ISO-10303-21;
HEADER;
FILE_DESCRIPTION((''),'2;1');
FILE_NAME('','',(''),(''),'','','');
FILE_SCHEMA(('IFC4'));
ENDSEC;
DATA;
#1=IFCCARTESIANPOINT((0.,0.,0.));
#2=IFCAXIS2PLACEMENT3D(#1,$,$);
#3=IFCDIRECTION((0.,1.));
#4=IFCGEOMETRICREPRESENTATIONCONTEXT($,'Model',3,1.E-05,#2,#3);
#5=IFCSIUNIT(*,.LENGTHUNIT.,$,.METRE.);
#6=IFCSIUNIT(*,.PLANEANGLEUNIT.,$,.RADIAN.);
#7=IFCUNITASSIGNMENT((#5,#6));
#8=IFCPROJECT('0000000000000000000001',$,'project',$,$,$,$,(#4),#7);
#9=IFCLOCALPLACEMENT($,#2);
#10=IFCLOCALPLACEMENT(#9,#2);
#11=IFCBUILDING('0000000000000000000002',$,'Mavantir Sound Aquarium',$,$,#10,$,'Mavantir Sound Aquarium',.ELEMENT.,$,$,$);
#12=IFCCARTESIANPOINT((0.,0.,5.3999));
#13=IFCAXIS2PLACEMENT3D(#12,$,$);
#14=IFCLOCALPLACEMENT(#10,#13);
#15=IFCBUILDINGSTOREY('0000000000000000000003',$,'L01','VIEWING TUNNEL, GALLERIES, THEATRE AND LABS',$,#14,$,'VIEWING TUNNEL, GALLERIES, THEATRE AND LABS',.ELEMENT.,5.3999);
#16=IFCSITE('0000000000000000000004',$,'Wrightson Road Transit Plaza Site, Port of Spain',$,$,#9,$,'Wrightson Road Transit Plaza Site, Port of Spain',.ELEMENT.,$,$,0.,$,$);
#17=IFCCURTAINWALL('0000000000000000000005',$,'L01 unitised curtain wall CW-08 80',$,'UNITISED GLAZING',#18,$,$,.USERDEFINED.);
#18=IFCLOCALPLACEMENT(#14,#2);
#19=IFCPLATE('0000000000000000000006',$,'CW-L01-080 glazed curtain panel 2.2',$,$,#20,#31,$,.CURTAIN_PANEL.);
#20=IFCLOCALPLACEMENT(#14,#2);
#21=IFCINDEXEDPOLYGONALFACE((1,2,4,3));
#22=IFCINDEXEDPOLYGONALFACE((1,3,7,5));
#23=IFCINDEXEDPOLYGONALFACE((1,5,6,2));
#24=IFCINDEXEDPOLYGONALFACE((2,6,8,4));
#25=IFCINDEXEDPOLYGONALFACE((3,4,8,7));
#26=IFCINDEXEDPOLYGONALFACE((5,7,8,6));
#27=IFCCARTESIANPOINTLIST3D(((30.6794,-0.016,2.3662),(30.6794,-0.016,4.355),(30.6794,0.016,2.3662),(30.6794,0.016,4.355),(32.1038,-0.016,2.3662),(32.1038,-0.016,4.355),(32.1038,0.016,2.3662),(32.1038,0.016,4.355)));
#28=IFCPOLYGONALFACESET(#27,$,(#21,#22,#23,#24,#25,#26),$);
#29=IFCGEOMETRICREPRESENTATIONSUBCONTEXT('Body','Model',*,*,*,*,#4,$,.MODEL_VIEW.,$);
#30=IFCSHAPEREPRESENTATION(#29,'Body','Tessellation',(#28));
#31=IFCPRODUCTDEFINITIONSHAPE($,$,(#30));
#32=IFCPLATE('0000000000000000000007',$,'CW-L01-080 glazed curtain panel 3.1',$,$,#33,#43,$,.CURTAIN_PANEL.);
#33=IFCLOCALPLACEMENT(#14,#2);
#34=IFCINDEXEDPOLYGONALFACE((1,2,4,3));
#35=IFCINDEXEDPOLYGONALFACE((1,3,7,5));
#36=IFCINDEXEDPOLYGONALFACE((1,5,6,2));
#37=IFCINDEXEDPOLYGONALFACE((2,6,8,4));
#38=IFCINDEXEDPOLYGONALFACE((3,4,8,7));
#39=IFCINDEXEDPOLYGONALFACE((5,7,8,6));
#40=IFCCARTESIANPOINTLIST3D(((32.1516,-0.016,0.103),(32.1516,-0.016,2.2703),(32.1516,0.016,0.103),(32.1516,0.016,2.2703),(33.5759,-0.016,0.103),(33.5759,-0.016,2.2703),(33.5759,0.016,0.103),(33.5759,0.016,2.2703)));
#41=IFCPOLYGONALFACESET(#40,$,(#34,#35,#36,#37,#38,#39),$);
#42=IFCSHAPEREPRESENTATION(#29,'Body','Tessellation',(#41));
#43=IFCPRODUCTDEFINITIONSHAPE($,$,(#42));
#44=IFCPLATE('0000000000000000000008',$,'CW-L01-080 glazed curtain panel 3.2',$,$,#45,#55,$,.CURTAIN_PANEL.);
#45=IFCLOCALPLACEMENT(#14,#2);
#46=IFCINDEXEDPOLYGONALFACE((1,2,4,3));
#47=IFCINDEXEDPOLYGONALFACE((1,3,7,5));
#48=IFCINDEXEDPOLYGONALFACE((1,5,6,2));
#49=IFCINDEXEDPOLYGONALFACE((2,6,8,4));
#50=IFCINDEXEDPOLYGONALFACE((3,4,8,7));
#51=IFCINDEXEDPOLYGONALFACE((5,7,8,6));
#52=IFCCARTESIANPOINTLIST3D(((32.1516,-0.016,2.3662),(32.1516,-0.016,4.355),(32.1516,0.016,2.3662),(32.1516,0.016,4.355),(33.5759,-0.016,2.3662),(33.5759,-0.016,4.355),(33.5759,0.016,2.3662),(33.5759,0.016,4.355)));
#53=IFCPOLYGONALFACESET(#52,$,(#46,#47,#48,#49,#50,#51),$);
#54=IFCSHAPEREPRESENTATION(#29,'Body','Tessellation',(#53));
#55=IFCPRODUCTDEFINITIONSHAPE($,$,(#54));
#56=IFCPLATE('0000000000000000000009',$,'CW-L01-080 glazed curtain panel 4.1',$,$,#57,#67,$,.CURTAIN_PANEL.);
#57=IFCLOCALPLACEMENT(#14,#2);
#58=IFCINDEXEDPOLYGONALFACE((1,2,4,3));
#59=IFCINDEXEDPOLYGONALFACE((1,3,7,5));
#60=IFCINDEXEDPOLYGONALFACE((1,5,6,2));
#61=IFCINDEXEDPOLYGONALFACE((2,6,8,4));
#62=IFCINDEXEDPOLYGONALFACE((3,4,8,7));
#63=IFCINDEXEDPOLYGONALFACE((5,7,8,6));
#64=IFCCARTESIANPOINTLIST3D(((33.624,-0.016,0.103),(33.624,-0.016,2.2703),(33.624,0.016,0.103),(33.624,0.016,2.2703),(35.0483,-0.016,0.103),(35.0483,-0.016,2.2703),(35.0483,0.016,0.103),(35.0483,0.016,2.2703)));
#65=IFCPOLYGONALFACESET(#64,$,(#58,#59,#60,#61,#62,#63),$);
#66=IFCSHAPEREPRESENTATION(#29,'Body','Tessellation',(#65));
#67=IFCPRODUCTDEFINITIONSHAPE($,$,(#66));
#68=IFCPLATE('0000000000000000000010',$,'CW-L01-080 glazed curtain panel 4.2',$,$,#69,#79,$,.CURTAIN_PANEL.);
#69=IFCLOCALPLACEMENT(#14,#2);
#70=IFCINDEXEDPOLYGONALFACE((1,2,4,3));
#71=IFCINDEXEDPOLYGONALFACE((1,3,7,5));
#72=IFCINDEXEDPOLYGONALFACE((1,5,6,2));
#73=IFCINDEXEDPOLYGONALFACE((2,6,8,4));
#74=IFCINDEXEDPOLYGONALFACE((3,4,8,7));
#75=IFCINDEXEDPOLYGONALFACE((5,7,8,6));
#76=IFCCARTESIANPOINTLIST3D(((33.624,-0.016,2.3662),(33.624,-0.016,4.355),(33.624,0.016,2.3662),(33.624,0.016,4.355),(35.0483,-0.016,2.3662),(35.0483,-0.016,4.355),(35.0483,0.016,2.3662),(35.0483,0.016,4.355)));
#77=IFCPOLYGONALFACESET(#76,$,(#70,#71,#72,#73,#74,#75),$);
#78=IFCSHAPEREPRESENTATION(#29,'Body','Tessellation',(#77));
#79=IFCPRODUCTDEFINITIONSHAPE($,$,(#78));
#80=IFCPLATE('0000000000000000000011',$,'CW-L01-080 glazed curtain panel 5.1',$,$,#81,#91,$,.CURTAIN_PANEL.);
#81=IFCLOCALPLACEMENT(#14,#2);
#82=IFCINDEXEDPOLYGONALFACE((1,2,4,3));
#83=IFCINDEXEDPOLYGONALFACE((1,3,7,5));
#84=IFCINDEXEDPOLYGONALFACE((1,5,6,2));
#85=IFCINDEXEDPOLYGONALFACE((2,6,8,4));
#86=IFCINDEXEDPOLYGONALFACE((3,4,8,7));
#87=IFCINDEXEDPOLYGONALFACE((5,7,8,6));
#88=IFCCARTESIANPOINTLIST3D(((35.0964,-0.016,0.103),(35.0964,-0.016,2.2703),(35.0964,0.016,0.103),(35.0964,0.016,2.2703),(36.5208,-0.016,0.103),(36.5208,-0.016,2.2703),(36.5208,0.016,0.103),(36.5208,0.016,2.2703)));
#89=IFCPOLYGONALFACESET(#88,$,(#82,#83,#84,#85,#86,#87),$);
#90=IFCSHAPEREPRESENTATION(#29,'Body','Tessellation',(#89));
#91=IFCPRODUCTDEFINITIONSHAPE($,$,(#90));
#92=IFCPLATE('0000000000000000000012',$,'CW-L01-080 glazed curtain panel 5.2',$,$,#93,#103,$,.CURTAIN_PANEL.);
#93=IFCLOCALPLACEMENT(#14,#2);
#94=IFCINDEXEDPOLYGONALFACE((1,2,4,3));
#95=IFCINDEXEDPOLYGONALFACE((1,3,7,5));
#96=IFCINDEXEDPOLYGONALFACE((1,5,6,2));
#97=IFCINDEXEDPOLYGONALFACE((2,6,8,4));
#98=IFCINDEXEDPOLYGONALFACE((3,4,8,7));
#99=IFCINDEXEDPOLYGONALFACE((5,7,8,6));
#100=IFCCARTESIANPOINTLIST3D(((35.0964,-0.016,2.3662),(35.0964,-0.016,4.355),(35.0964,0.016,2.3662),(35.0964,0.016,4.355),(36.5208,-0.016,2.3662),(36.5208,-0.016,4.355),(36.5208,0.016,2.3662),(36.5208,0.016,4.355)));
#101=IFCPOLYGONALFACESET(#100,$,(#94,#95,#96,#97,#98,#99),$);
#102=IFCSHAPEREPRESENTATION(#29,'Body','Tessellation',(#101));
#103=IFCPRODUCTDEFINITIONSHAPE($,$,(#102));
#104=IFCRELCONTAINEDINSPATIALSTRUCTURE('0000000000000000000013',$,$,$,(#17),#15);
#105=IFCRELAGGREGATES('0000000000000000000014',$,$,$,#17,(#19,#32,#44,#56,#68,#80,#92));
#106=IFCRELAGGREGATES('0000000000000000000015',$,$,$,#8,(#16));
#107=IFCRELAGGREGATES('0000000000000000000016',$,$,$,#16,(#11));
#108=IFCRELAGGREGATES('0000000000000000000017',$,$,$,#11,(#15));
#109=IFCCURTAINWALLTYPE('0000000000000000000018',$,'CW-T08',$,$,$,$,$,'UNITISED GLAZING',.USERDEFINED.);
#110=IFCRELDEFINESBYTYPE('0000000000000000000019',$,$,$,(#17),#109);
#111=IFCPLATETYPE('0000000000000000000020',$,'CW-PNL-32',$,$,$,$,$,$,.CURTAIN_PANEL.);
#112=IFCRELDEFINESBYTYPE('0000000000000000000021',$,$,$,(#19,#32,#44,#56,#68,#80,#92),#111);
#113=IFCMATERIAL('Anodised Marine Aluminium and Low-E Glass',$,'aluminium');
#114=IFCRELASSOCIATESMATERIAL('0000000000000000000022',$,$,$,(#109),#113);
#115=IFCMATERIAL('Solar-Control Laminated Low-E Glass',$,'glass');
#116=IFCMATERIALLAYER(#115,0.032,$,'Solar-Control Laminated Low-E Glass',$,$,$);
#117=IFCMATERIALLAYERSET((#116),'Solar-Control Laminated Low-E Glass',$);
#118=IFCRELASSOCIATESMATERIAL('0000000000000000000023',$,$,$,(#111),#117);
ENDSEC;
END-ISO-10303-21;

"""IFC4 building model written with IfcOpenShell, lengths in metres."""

from ifc_helpers import new_model, si_unit, direction, frame, origin, origin_2d, place, context, subcontext, project, spatial, rectangle, extrude, material, layer, layer_set, type_object, element, aggregate, save


model = new_model("IFC4")

# Units and contexts
model_context = context("Model", 3, precision=1e-05, world=origin(), true_north=direction((0.0, 1.0)))
body_context = subcontext(model_context, "Body", "Model", "MODEL_VIEW")
ifc_project = project(units=[si_unit("LENGTHUNIT", "METRE"), si_unit("PLANEANGLEUNIT", "RADIAN")], contexts=[model_context])

# Site, building, storey
site_placement = place(None, origin())
site = spatial("IfcSite", under=ifc_project, at=site_placement, Name="Wrightson Road Transit Plaza Site, Port of Spain", LongName="Wrightson Road Transit Plaza Site, Port of Spain", CompositionType="ELEMENT", RefElevation=0.0)
building_placement = place(site_placement, origin())
building = spatial("IfcBuilding", under=site, at=building_placement, Name="Mavantir Sound Aquarium", LongName="Mavantir Sound Aquarium", CompositionType="ELEMENT")
storey_placement = place(building_placement, frame((0.0, 0.0, 5.3999)))
storey = spatial("IfcBuildingStorey", under=building, at=storey_placement, Name="L01", Description="VIEWING TUNNEL, GALLERIES, THEATRE AND LABS", LongName="VIEWING TUNNEL, GALLERIES, THEATRE AND LABS", CompositionType="ELEMENT", Elevation=5.3999)

# Curtain wall, plates
ifc_material_1 = material(Name="Anodised Marine Aluminium and Low-E Glass", Category="aluminium")
curtain_wall_type = type_object("IfcCurtainWallType", Name="CW-T08", ElementType="UNITISED GLAZING", PredefinedType="USERDEFINED", material=ifc_material_1)
curtain_wall_placement = place(storey_placement, origin())
curtain_wall = element("IfcCurtainWall", 1, at=curtain_wall_placement, inside=storey, type_object=curtain_wall_type, Name="L01 unitised curtain wall CW-08 80", ObjectType="UNITISED GLAZING", PredefinedType="USERDEFINED")
ifc_material_2 = material(Name="Solar-Control Laminated Low-E Glass", Category="glass")
ifc_layer = layer(ifc_material_2, 0.032, Name="Solar-Control Laminated Low-E Glass")
ifc_layer_set = layer_set([ifc_layer], Name="Solar-Control Laminated Low-E Glass")
plate_type = type_object("IfcPlateType", Name="CW-PNL-32", PredefinedType="CURTAIN_PANEL", material=ifc_layer_set)
plate_1_placement = place(storey_placement, frame((31.3916, 0.0, 2.3662), z_axis=(0.0, 0.0, 1.0), x_axis=(1.0, 0.0, 0.0)))
plate_1 = element("IfcPlate", 2, at=plate_1_placement, type_object=plate_type, Name="CW-L01-080 glazed curtain panel 2.2", PredefinedType="CURTAIN_PANEL", context=body_context, shape_type="SweptSolid", body=[
    extrude(rectangle(XDim=1.4243, YDim=0.032, at=origin_2d()), origin(), (0.0, 0.0, 1.0), 1.9888),
])
plate_2_placement = place(storey_placement, frame((32.8638, 0.0, 0.103), z_axis=(0.0, 0.0, 1.0), x_axis=(1.0, 0.0, 0.0)))
plate_2 = element("IfcPlate", 3, at=plate_2_placement, type_object=plate_type, Name="CW-L01-080 glazed curtain panel 3.1", PredefinedType="CURTAIN_PANEL", context=body_context, shape_type="SweptSolid", body=[
    extrude(rectangle(XDim=1.4243, YDim=0.032, at=origin_2d()), origin(), (0.0, 0.0, 1.0), 2.1672),
])
plate_3_placement = place(storey_placement, frame((32.8638, 0.0, 2.3662), z_axis=(0.0, 0.0, 1.0), x_axis=(1.0, 0.0, 0.0)))
plate_3 = element("IfcPlate", 4, at=plate_3_placement, type_object=plate_type, Name="CW-L01-080 glazed curtain panel 3.2", PredefinedType="CURTAIN_PANEL", context=body_context, shape_type="SweptSolid", body=[
    extrude(rectangle(XDim=1.4243, YDim=0.032, at=origin_2d()), origin(), (0.0, 0.0, 1.0), 1.9888),
])
plate_4_placement = place(storey_placement, frame((34.3362, 0.0, 0.103), z_axis=(0.0, 0.0, 1.0), x_axis=(1.0, 0.0, 0.0)))
plate_4 = element("IfcPlate", 5, at=plate_4_placement, type_object=plate_type, Name="CW-L01-080 glazed curtain panel 4.1", PredefinedType="CURTAIN_PANEL", context=body_context, shape_type="SweptSolid", body=[
    extrude(rectangle(XDim=1.4243, YDim=0.032, at=origin_2d()), origin(), (0.0, 0.0, 1.0), 2.1672),
])
plate_5_placement = place(storey_placement, frame((34.3362, 0.0, 2.3662), z_axis=(0.0, 0.0, 1.0), x_axis=(1.0, 0.0, 0.0)))
plate_5 = element("IfcPlate", 6, at=plate_5_placement, type_object=plate_type, Name="CW-L01-080 glazed curtain panel 4.2", PredefinedType="CURTAIN_PANEL", context=body_context, shape_type="SweptSolid", body=[
    extrude(rectangle(XDim=1.4243, YDim=0.032, at=origin_2d()), origin(), (0.0, 0.0, 1.0), 1.9888),
])
plate_6_placement = place(storey_placement, frame((35.8086, 0.0, 0.103), z_axis=(0.0, 0.0, 1.0), x_axis=(1.0, 0.0, 0.0)))
plate_6 = element("IfcPlate", 7, at=plate_6_placement, type_object=plate_type, Name="CW-L01-080 glazed curtain panel 5.1", PredefinedType="CURTAIN_PANEL", context=body_context, shape_type="SweptSolid", body=[
    extrude(rectangle(XDim=1.4243, YDim=0.032, at=origin_2d()), origin(), (0.0, 0.0, 1.0), 2.1672),
])
plate_7_placement = place(storey_placement, frame((35.8086, 0.0, 2.3662), z_axis=(0.0, 0.0, 1.0), x_axis=(1.0, 0.0, 0.0)))
plate_7 = element("IfcPlate", 8, at=plate_7_placement, type_object=plate_type, Name="CW-L01-080 glazed curtain panel 5.2", PredefinedType="CURTAIN_PANEL", context=body_context, shape_type="SweptSolid", body=[
    extrude(rectangle(XDim=1.4243, YDim=0.032, at=origin_2d()), origin(), (0.0, 0.0, 1.0), 1.9888),
])
aggregate(curtain_wall, [plate_1, plate_2, plate_3, plate_4, plate_5, plate_6, plate_7])

save(model, "model.ifc")
